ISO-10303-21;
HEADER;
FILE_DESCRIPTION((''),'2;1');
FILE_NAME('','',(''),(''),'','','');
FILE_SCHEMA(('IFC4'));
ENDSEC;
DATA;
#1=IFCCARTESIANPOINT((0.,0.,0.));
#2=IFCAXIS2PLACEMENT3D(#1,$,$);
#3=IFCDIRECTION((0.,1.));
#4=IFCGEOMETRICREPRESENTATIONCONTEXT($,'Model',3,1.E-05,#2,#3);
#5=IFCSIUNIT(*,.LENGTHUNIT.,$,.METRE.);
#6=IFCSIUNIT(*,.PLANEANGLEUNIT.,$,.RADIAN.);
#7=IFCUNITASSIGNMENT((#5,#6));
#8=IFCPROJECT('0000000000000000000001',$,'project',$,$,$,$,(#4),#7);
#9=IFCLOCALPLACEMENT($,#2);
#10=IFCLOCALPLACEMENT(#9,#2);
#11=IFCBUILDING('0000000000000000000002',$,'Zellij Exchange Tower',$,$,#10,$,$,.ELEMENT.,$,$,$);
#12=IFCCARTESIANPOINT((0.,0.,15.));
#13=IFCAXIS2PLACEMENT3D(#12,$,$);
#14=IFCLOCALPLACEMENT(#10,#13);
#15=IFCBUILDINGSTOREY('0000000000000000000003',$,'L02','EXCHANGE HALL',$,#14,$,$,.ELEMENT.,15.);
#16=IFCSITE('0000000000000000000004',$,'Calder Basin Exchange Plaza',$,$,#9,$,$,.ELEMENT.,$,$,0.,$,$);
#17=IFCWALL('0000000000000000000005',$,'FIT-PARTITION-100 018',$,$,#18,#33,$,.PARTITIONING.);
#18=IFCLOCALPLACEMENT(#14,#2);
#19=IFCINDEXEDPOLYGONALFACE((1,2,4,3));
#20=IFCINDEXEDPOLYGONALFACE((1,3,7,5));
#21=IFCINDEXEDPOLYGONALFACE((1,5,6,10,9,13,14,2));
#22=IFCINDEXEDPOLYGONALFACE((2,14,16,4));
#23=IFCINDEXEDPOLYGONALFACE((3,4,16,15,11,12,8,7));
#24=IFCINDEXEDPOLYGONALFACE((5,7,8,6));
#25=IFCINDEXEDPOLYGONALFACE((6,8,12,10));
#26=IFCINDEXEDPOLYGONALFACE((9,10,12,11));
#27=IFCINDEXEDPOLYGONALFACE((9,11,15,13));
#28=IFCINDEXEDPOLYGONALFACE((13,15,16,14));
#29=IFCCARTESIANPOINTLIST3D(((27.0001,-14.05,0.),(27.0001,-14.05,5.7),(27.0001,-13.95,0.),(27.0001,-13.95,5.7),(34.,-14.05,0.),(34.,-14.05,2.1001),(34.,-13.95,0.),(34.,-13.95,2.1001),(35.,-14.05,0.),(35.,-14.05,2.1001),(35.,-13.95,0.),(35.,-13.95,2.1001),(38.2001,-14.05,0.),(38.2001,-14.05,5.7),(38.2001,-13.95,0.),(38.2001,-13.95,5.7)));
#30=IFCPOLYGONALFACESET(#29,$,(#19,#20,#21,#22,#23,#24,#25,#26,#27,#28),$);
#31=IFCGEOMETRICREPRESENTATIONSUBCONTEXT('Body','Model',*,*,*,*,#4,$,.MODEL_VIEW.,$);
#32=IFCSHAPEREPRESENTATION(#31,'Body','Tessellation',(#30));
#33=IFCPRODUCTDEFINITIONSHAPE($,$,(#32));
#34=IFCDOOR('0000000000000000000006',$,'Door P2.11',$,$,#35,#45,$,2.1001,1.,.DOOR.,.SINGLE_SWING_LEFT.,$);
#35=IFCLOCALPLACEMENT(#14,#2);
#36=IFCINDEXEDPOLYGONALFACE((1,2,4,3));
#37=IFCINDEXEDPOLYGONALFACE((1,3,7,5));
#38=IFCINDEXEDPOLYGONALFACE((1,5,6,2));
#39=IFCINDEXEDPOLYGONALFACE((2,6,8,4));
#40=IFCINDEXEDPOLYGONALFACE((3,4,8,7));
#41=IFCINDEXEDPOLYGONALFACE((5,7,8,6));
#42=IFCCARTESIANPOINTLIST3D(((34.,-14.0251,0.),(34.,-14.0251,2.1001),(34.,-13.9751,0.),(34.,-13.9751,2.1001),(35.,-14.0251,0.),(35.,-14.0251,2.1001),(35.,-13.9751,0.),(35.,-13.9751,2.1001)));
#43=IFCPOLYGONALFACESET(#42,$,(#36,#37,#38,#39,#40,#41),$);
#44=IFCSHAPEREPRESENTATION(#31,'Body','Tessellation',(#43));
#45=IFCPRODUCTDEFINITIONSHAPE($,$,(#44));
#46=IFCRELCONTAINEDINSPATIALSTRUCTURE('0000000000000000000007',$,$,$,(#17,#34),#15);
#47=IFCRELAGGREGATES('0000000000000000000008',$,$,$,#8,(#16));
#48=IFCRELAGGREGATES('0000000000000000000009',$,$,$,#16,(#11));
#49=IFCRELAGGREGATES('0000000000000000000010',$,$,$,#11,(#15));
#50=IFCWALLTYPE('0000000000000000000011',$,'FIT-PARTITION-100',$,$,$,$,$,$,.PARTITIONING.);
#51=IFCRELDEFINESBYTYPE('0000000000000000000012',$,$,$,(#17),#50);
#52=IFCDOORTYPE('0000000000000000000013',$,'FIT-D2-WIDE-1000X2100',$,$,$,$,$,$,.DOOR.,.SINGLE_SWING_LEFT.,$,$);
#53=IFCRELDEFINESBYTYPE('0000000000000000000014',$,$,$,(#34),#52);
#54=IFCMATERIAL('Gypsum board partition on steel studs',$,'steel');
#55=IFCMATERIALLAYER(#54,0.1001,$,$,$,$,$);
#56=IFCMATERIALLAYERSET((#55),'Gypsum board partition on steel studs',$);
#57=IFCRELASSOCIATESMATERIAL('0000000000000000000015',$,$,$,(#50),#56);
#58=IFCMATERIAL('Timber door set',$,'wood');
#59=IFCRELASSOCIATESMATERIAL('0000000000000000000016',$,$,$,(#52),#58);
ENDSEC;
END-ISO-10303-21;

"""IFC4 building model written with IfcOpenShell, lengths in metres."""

from ifc_helpers import new_model, si_unit, direction, frame, frame_2d, origin, place, context, subcontext, project, spatial, rectangle, extrude, material, layer, layer_set, type_object, element, fill, save


model = new_model("IFC4")

# Units and contexts
model_context = context("Model", 3, precision=1e-05, world=origin(), true_north=direction((0.0, 1.0)))
body_context = subcontext(model_context, "Body", "Model", "MODEL_VIEW")
ifc_project = project(units=[si_unit("LENGTHUNIT", "METRE"), si_unit("PLANEANGLEUNIT", "RADIAN")], contexts=[model_context])

# Site, building, storey
site_placement = place(None, origin())
site = spatial("IfcSite", under=ifc_project, at=site_placement, Name="Calder Basin Exchange Plaza", CompositionType="ELEMENT", RefElevation=0.0)
building_placement = place(site_placement, origin())
building = spatial("IfcBuilding", under=site, at=building_placement, Name="Zellij Exchange Tower", CompositionType="ELEMENT")
storey_placement = place(building_placement, frame((0.0, 0.0, 15.0)))
storey = spatial("IfcBuildingStorey", under=building, at=storey_placement, Name="L02", Description="EXCHANGE HALL", CompositionType="ELEMENT", Elevation=15.0)

# Shared definitions
ifc_material_1 = material(Name="Gypsum board partition on steel studs", Category="steel")
ifc_layer_1 = layer(ifc_material_1, 0.1001)
ifc_layer_set_1 = layer_set([ifc_layer_1], Name="Gypsum board partition on steel studs")
wall_type_1 = type_object("IfcWallType", Name="FIT-PARTITION-100", PredefinedType="PARTITIONING", material=ifc_layer_set_1)

# Wall, opening, door
wall_1_placement = place(storey_placement, frame((27.0, -14.0, 0.0), z_axis=(0.0, 0.0, 1.0), x_axis=(1.0, 0.0, 0.0)))
wall_1 = element("IfcWall", 1, at=wall_1_placement, inside=storey, type_object=wall_type_1, Name="FIT-PARTITION-100 018", PredefinedType="PARTITIONING", context=body_context, shape_type="SweptSolid", body=[
    extrude(rectangle(XDim=11.2, YDim=0.1001, at=frame_2d((5.6001, 0.0))), origin(), (0.0, 0.0, 1.0), 5.7),
])
opening_1_placement = place(wall_1_placement, frame((7.0, 0.0, 0.0)))
opening_1 = element("IfcOpeningElement", 2, at=opening_1_placement, cuts=wall_1, PredefinedType="OPENING", context=body_context, shape_type="SweptSolid", body=[
    extrude(rectangle(XDim=1.0, YDim=2.1001, at=frame_2d((0.5, 1.05))), frame((0.0, 0.062, 0.0), z_axis=(0.0, -1.0, 0.0), x_axis=(1.0, 0.0, 0.0)), (0.0, 0.0, 1.0), 0.124),
])
ifc_material_2 = material(Name="Timber door set", Category="wood")
door_type = type_object("IfcDoorType", Name="FIT-D2-WIDE-1000X2100", OperationType="SINGLE_SWING_LEFT", PredefinedType="DOOR", material=ifc_material_2)
door_placement = place(opening_1_placement, origin())
door = element("IfcDoor", 3, at=door_placement, inside=storey, type_object=door_type, Name="Door P2.11", OperationType="SINGLE_SWING_LEFT", OverallHeight=2.1001, OverallWidth=1.0, PredefinedType="DOOR", context=body_context, shape_type="SweptSolid", body=[
    extrude(rectangle(XDim=1.0, YDim=2.1001, at=frame_2d((0.5, 1.05))), frame((0.0, 0.0249, 0.0), z_axis=(0.0, -1.0, 0.0), x_axis=(1.0, 0.0, 0.0)), (0.0, 0.0, 1.0), 0.05),
])
fill(opening_1, door)

save(model, "model.ifc")
